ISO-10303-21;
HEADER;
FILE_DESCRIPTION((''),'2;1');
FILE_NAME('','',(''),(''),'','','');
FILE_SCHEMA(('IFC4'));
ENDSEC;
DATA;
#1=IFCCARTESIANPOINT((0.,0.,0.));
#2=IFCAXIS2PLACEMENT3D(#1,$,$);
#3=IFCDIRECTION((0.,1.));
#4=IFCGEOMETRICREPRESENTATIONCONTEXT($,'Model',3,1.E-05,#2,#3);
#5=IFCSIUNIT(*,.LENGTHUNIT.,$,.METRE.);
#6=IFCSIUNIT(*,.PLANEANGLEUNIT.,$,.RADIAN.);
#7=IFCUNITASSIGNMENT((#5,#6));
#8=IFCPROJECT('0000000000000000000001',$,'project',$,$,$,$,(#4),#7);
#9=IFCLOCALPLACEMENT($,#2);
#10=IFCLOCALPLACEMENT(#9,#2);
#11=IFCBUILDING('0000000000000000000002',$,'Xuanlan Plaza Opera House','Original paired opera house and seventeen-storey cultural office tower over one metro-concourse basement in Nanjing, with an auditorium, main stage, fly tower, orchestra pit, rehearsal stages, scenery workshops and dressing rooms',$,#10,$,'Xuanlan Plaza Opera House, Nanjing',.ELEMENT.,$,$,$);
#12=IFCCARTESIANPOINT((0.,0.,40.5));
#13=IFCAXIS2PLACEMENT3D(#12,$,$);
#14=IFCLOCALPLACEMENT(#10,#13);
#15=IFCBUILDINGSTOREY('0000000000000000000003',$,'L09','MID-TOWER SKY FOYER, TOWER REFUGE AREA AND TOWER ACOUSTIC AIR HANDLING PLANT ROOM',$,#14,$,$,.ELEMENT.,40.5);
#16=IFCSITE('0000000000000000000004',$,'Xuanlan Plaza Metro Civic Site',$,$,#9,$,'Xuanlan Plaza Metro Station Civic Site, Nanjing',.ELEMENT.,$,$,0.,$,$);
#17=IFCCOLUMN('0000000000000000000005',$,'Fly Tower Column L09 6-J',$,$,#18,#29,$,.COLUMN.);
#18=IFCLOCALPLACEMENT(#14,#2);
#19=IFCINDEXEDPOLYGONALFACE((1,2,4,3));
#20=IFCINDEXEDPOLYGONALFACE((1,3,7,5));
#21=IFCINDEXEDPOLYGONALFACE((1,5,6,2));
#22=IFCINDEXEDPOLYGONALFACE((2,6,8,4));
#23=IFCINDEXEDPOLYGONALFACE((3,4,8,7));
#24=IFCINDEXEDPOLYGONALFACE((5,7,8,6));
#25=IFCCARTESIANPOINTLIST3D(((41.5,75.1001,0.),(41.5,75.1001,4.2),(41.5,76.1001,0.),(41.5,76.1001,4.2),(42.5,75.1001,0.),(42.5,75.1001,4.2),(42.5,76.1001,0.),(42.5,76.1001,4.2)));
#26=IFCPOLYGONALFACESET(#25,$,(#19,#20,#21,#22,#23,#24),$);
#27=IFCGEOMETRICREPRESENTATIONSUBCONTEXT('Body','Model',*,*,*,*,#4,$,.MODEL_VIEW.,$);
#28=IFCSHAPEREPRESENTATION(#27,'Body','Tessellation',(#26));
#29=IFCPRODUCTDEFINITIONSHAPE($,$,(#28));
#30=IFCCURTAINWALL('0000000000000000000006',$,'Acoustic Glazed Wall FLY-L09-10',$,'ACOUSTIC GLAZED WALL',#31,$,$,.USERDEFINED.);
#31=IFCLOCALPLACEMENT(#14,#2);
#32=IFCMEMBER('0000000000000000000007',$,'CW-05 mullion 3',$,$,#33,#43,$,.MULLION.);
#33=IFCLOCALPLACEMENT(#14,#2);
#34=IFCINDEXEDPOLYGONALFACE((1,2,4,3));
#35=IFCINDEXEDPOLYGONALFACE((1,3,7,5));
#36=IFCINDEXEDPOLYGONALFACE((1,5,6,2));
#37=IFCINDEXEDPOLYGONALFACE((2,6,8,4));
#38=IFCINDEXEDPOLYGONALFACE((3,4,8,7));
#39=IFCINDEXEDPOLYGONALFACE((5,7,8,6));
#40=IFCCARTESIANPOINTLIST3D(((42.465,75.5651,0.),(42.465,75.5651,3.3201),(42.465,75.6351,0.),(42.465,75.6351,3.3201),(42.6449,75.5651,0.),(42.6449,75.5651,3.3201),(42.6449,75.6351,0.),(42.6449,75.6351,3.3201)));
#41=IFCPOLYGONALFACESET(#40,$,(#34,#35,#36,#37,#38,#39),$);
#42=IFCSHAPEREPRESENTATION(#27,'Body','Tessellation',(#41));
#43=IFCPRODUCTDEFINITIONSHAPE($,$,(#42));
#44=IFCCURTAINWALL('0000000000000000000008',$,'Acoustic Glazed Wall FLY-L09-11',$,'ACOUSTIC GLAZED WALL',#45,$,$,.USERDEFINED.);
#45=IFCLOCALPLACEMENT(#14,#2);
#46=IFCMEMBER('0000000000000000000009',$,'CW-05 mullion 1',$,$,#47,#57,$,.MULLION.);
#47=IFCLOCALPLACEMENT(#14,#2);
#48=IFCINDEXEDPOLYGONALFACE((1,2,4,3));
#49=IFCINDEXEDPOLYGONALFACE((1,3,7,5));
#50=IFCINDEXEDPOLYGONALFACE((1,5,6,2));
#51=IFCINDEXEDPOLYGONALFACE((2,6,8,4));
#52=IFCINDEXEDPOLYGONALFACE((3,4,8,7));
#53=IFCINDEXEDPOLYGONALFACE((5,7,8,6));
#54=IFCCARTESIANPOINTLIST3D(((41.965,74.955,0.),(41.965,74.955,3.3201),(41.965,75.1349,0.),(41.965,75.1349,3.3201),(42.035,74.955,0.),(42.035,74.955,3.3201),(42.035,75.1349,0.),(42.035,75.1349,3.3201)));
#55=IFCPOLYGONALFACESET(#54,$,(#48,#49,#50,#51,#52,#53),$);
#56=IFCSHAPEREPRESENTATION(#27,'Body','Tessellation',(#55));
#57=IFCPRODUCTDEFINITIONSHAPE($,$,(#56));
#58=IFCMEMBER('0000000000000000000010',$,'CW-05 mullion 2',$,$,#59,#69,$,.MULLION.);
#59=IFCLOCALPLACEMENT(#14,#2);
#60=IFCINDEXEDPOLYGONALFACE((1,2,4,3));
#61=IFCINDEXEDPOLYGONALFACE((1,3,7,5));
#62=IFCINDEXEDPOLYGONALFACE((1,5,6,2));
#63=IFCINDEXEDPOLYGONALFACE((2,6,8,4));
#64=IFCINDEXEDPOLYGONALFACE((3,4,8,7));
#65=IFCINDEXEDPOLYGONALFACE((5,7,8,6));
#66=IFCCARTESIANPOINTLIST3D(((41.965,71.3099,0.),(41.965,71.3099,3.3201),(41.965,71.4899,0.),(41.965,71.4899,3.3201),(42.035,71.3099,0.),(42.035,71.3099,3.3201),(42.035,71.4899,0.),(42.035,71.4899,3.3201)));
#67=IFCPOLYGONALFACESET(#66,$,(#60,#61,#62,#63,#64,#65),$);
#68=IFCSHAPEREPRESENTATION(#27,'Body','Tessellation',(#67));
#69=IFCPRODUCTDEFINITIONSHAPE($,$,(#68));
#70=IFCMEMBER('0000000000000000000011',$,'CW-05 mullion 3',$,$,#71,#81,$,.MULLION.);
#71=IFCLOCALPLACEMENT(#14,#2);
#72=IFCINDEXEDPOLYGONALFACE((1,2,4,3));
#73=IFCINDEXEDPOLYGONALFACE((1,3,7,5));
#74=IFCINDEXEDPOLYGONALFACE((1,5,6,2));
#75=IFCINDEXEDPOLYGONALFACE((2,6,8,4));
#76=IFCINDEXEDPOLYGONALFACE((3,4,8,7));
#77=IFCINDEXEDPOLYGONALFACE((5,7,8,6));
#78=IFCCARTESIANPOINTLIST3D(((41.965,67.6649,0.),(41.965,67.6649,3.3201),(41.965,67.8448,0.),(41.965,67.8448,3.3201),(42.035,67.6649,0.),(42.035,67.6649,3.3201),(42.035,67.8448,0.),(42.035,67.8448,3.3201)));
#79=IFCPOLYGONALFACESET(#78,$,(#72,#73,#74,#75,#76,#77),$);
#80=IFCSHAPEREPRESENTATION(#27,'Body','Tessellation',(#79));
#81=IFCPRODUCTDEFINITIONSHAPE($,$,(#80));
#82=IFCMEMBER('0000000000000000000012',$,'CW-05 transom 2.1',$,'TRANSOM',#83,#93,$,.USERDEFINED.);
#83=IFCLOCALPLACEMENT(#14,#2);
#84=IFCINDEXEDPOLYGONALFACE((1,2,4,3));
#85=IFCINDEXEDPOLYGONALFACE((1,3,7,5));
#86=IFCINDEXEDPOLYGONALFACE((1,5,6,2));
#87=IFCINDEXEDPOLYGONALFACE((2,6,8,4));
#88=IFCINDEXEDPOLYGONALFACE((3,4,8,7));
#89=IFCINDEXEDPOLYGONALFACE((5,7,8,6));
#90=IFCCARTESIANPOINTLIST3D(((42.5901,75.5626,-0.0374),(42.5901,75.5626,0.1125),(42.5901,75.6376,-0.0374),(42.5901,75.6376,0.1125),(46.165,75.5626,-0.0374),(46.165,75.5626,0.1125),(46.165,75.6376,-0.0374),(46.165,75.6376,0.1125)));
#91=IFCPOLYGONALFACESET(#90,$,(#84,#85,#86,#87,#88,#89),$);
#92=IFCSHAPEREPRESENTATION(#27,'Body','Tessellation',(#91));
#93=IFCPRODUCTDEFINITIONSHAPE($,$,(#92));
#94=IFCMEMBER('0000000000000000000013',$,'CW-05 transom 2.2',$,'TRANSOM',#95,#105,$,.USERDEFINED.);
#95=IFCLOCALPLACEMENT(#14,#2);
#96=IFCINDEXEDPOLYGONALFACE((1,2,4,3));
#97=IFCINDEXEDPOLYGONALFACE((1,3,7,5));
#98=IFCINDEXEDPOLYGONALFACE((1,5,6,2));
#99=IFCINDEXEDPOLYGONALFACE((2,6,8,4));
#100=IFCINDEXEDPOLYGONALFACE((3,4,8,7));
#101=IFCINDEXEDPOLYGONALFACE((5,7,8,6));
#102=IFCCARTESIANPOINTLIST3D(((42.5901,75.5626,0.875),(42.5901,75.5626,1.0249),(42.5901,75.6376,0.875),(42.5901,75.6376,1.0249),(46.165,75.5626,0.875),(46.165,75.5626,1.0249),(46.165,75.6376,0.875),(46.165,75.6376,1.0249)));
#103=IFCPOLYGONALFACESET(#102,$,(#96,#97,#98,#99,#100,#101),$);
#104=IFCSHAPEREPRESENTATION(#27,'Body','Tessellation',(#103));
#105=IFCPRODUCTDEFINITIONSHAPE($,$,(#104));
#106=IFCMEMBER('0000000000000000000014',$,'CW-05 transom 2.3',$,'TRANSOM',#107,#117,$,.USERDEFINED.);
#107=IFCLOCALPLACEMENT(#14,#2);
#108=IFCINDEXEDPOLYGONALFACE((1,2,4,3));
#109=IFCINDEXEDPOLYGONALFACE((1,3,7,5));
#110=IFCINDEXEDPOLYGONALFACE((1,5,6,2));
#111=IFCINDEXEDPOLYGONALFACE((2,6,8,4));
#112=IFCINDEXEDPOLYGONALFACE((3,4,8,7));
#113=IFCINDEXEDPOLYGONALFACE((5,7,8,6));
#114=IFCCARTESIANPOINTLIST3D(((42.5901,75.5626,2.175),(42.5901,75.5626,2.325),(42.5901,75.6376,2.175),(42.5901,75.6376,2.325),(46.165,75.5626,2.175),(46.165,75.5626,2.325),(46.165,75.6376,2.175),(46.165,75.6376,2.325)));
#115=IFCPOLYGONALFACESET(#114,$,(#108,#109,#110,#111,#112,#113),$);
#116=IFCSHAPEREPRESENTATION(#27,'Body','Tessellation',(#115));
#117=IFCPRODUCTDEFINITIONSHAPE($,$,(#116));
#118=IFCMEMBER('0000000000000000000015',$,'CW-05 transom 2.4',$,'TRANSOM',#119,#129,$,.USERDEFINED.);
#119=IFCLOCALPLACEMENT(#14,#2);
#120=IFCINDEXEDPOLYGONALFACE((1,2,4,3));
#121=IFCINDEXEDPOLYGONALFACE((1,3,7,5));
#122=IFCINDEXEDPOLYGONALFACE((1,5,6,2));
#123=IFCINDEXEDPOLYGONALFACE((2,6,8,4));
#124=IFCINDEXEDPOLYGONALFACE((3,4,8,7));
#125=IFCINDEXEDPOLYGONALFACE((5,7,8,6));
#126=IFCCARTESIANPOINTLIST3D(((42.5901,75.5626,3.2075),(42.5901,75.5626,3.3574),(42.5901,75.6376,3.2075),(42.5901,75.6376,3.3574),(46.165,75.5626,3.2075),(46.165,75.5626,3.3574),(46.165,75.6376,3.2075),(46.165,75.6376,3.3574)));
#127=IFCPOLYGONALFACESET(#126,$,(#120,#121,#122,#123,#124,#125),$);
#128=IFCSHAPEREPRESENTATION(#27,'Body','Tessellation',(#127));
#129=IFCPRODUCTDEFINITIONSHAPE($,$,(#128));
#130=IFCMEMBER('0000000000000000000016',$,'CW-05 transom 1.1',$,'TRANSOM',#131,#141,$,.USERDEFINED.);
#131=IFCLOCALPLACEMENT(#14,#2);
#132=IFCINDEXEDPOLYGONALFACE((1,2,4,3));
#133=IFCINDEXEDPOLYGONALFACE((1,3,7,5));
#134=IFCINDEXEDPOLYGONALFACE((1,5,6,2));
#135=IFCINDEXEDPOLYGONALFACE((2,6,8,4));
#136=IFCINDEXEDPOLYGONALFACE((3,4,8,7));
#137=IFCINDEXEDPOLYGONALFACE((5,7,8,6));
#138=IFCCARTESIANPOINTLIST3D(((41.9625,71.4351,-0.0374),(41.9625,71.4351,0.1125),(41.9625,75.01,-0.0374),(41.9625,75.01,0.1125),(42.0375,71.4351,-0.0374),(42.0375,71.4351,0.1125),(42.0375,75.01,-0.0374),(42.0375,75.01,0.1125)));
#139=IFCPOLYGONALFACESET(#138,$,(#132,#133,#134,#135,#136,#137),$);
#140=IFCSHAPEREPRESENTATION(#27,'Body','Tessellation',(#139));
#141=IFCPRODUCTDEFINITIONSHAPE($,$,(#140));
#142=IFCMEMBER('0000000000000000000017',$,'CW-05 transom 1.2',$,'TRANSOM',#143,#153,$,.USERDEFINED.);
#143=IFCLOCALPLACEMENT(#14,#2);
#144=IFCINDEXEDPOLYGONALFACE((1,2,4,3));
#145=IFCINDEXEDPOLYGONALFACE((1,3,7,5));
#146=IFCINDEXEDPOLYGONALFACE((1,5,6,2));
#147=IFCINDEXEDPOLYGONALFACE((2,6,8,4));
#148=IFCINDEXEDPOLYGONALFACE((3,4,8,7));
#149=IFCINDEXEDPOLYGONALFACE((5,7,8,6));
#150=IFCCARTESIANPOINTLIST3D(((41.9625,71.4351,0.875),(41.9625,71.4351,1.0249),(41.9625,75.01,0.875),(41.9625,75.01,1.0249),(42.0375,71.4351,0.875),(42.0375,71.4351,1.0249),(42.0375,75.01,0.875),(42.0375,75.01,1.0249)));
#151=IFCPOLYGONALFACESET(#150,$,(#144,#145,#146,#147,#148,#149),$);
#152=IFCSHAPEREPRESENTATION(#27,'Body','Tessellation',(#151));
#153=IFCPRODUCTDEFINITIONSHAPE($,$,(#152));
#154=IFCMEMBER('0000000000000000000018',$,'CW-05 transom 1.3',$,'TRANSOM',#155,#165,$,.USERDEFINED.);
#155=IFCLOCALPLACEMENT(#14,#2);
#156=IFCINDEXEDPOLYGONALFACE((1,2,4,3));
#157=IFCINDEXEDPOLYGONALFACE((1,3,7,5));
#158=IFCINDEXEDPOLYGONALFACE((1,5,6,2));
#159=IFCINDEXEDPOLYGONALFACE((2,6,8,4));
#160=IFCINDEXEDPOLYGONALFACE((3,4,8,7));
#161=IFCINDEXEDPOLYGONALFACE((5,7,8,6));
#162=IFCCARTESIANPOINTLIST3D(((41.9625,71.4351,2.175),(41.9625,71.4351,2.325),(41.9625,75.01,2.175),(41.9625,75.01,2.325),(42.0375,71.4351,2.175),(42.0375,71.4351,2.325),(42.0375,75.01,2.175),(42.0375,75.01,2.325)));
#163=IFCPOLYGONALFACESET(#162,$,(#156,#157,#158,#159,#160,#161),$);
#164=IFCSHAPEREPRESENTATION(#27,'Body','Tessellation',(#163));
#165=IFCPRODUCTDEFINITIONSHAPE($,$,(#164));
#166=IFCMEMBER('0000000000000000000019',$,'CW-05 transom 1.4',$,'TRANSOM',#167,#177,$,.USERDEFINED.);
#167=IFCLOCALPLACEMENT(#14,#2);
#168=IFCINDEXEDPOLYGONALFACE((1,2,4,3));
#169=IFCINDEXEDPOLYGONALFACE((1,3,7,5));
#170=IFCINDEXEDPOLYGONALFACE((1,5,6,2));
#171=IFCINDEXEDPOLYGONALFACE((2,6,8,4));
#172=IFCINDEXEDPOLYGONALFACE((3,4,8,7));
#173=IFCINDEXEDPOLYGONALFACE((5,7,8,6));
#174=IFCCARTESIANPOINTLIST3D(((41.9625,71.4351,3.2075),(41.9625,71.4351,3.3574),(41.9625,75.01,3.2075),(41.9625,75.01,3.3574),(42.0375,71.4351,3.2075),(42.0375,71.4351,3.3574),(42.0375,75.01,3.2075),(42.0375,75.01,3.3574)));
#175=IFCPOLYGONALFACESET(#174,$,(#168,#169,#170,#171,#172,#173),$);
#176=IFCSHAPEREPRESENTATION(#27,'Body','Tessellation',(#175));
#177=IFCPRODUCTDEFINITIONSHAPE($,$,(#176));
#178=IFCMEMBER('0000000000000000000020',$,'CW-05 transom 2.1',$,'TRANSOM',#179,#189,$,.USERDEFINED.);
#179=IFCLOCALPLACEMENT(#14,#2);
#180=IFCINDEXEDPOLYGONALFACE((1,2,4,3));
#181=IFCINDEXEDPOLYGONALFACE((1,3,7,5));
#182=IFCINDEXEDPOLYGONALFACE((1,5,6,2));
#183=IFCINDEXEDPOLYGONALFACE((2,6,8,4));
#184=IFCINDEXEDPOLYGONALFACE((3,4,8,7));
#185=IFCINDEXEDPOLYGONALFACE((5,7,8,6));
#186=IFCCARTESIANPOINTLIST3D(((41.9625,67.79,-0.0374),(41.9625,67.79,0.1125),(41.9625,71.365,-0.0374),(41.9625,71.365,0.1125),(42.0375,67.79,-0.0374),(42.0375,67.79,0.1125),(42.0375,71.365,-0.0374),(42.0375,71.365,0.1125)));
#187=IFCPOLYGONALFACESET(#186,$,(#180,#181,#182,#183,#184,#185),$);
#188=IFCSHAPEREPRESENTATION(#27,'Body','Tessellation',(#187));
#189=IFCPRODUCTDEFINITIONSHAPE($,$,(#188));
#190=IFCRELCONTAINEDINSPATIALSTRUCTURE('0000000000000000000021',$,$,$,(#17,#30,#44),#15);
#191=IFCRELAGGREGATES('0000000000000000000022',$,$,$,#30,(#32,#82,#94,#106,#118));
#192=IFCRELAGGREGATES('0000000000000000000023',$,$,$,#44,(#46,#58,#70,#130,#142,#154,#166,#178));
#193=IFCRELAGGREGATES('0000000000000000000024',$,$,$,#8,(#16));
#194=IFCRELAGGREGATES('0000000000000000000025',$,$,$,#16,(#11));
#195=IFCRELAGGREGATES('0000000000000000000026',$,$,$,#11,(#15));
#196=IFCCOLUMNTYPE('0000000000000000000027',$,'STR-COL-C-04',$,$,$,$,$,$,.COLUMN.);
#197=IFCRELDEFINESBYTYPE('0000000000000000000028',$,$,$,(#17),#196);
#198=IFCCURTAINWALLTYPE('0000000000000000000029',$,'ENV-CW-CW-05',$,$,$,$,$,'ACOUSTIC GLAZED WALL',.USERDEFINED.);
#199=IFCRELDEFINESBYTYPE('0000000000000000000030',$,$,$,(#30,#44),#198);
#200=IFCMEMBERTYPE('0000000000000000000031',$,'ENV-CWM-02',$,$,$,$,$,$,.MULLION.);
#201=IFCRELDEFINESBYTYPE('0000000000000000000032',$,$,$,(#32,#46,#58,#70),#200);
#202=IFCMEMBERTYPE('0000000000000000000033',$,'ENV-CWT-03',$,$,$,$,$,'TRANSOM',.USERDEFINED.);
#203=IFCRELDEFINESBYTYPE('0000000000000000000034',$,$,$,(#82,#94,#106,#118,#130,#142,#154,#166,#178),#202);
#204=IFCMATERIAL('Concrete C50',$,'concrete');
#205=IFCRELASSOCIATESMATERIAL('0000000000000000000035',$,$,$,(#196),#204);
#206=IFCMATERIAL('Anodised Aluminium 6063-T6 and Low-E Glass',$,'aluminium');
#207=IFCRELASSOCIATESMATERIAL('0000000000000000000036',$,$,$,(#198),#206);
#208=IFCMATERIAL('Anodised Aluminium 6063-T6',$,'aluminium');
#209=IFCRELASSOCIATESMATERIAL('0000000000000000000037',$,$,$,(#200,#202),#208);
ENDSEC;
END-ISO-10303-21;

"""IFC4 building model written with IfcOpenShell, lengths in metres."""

from ifc_helpers import new_model, si_unit, direction, frame, origin, origin_2d, place, context, subcontext, project, spatial, rectangle, extrude, material, material_profile, profile_set, type_object, element, aggregate, save


model = new_model("IFC4")

# Units and contexts
model_context = context("Model", 3, precision=1e-05, world=origin(), true_north=direction((0.0, 1.0)))
body_context = subcontext(model_context, "Body", "Model", "MODEL_VIEW")
ifc_project = project(units=[si_unit("LENGTHUNIT", "METRE"), si_unit("PLANEANGLEUNIT", "RADIAN")], contexts=[model_context])

# Site, building, storey
site_placement = place(None, origin())
site = spatial("IfcSite", under=ifc_project, at=site_placement, Name="Xuanlan Plaza Metro Civic Site", LongName="Xuanlan Plaza Metro Station Civic Site, Nanjing", CompositionType="ELEMENT", RefElevation=0.0)
building_placement = place(site_placement, origin())
building = spatial("IfcBuilding", under=site, at=building_placement, Name="Xuanlan Plaza Opera House", Description="Original paired opera house and seventeen-storey cultural office tower over one metro-concourse basement in Nanjing, with an auditorium, main stage, fly tower, orchestra pit, rehearsal stages, scenery workshops and dressing rooms", LongName="Xuanlan Plaza Opera House, Nanjing", CompositionType="ELEMENT")
storey_placement = place(building_placement, frame((0.0, 0.0, 40.5)))
storey = spatial("IfcBuildingStorey", under=building, at=storey_placement, Name="L09", Description="MID-TOWER SKY FOYER, TOWER REFUGE AREA AND TOWER ACOUSTIC AIR HANDLING PLANT ROOM", CompositionType="ELEMENT", Elevation=40.5)

# Column
ifc_material_1 = material(Name="Concrete C50", Category="concrete")
ifc_material_profile_1 = material_profile(ifc_material_1, rectangle(XDim=1.0, YDim=1.0, at=origin_2d()), Name="RC-COL 1000x1000")
ifc_profile_set_1 = profile_set([ifc_material_profile_1], Name="Concrete C50")
column_type = type_object("IfcColumnType", Name="STR-COL-C-04", PredefinedType="COLUMN", material=ifc_profile_set_1)
column_placement = place(storey_placement, frame((42.0, 75.6001, 0.0), z_axis=(0.0, 0.0, 1.0), x_axis=(1.0, 0.0, 0.0)))
element("IfcColumn", 1, at=column_placement, inside=storey, type_object=column_type, Name="Fly Tower Column L09 6-J", PredefinedType="COLUMN", context=body_context, shape_type="SweptSolid", body=[
    extrude(rectangle(XDim=1.0, YDim=1.0, at=origin_2d()), origin(), (0.0, 0.0, 1.0), 4.2),
])

# Curtain wall, member
ifc_material_2 = material(Name="Anodised Aluminium 6063-T6 and Low-E Glass", Category="aluminium")
curtain_wall_type = type_object("IfcCurtainWallType", Name="ENV-CW-CW-05", ElementType="ACOUSTIC GLAZED WALL", PredefinedType="USERDEFINED", material=ifc_material_2)
curtain_wall_1_placement = place(storey_placement, origin())
curtain_wall_1 = element("IfcCurtainWall", 2, at=curtain_wall_1_placement, inside=storey, type_object=curtain_wall_type, Name="Acoustic Glazed Wall FLY-L09-10", ObjectType="ACOUSTIC GLAZED WALL", PredefinedType="USERDEFINED")
ifc_material_3 = material(Name="Anodised Aluminium 6063-T6", Category="aluminium")
ifc_material_profile_2 = material_profile(ifc_material_3, rectangle(XDim=0.0701, YDim=0.1799, at=origin_2d()), Name="ALU-M 70x180")
ifc_profile_set_2 = profile_set([ifc_material_profile_2], Name="Anodised Aluminium 6063-T6")
member_type_1 = type_object("IfcMemberType", Name="ENV-CWM-02", PredefinedType="MULLION", material=ifc_profile_set_2)
member_1_placement = place(storey_placement, frame((42.5549, 75.6001, 0.0), z_axis=(0.0, 0.0, 1.0), x_axis=(0.0, -1.0, 0.0)))
member_1 = element("IfcMember", 3, at=member_1_placement, type_object=member_type_1, Name="CW-05 mullion 3", PredefinedType="MULLION", context=body_context, shape_type="SweptSolid", body=[
    extrude(rectangle(XDim=0.0701, YDim=0.1799, at=origin_2d()), origin(), (0.0, 0.0, 1.0), 3.3201),
])

# Curtain wall, members
curtain_wall_2_placement = place(storey_placement, origin())
curtain_wall_2 = element("IfcCurtainWall", 4, at=curtain_wall_2_placement, inside=storey, type_object=curtain_wall_type, Name="Acoustic Glazed Wall FLY-L09-11", ObjectType="ACOUSTIC GLAZED WALL", PredefinedType="USERDEFINED")
member_2_placement = place(storey_placement, frame((42.0, 75.0449, 0.0), z_axis=(0.0, 0.0, 1.0), x_axis=(1.0, 0.0, 0.0)))
member_2 = element("IfcMember", 5, at=member_2_placement, type_object=member_type_1, Name="CW-05 mullion 1", PredefinedType="MULLION", context=body_context, shape_type="SweptSolid", body=[
    extrude(rectangle(XDim=0.0701, YDim=0.1799, at=origin_2d()), origin(), (0.0, 0.0, 1.0), 3.3201),
])
member_3_placement = place(storey_placement, frame((42.0, 71.3999, 0.0), z_axis=(0.0, 0.0, 1.0), x_axis=(1.0, 0.0, 0.0)))
member_3 = element("IfcMember", 6, at=member_3_placement, type_object=member_type_1, Name="CW-05 mullion 2", PredefinedType="MULLION", context=body_context, shape_type="SweptSolid", body=[
    extrude(rectangle(XDim=0.0701, YDim=0.1799, at=origin_2d()), origin(), (0.0, 0.0, 1.0), 3.3201),
])
member_4_placement = place(storey_placement, frame((42.0, 67.7549, 0.0), z_axis=(0.0, 0.0, 1.0), x_axis=(1.0, 0.0, 0.0)))
member_4 = element("IfcMember", 7, at=member_4_placement, type_object=member_type_1, Name="CW-05 mullion 3", PredefinedType="MULLION", context=body_context, shape_type="SweptSolid", body=[
    extrude(rectangle(XDim=0.0701, YDim=0.1799, at=origin_2d()), origin(), (0.0, 0.0, 1.0), 3.3201),
])

# Members
ifc_material_profile_3 = material_profile(ifc_material_3, rectangle(XDim=0.075, YDim=0.1499, at=origin_2d()), Name="ALU-T 75x150")
ifc_profile_set_3 = profile_set([ifc_material_profile_3], Name="Anodised Aluminium 6063-T6")
member_type_2 = type_object("IfcMemberType", Name="ENV-CWT-03", ElementType="TRANSOM", PredefinedType="USERDEFINED", material=ifc_profile_set_3)
member_5_placement = place(storey_placement, frame((46.165, 75.6001, 0.0376), z_axis=(-1.0, 0.0, 0.0), x_axis=(0.0, -1.0, 0.0)))
member_5 = element("IfcMember", 8, at=member_5_placement, type_object=member_type_2, Name="CW-05 transom 2.1", ObjectType="TRANSOM", PredefinedType="USERDEFINED", context=body_context, shape_type="SweptSolid", body=[
    extrude(rectangle(XDim=0.075, YDim=0.1499, at=origin_2d()), origin(), (0.0, 0.0, 1.0), 3.575),
])
member_6_placement = place(storey_placement, frame((46.165, 75.6001, 0.95), z_axis=(-1.0, 0.0, 0.0), x_axis=(0.0, -1.0, 0.0)))
member_6 = element("IfcMember", 9, at=member_6_placement, type_object=member_type_2, Name="CW-05 transom 2.2", ObjectType="TRANSOM", PredefinedType="USERDEFINED", context=body_context, shape_type="SweptSolid", body=[
    extrude(rectangle(XDim=0.075, YDim=0.1499, at=origin_2d()), origin(), (0.0, 0.0, 1.0), 3.575),
])
member_7_placement = place(storey_placement, frame((46.165, 75.6001, 2.25), z_axis=(-1.0, 0.0, 0.0), x_axis=(0.0, -1.0, 0.0)))
member_7 = element("IfcMember", 10, at=member_7_placement, type_object=member_type_2, Name="CW-05 transom 2.3", ObjectType="TRANSOM", PredefinedType="USERDEFINED", context=body_context, shape_type="SweptSolid", body=[
    extrude(rectangle(XDim=0.075, YDim=0.1499, at=origin_2d()), origin(), (0.0, 0.0, 1.0), 3.575),
])
member_8_placement = place(storey_placement, frame((46.165, 75.6001, 3.2825), z_axis=(-1.0, 0.0, 0.0), x_axis=(0.0, -1.0, 0.0)))
member_8 = element("IfcMember", 11, at=member_8_placement, type_object=member_type_2, Name="CW-05 transom 2.4", ObjectType="TRANSOM", PredefinedType="USERDEFINED", context=body_context, shape_type="SweptSolid", body=[
    extrude(rectangle(XDim=0.075, YDim=0.1499, at=origin_2d()), origin(), (0.0, 0.0, 1.0), 3.575),
])
member_9_placement = place(storey_placement, frame((42.0, 75.01, 0.0376), z_axis=(0.0, -1.0, 0.0), x_axis=(1.0, 0.0, 0.0)))
member_9 = element("IfcMember", 12, at=member_9_placement, type_object=member_type_2, Name="CW-05 transom 1.1", ObjectType="TRANSOM", PredefinedType="USERDEFINED", context=body_context, shape_type="SweptSolid", body=[
    extrude(rectangle(XDim=0.075, YDim=0.1499, at=origin_2d()), origin(), (0.0, 0.0, 1.0), 3.575),
])
member_10_placement = place(storey_placement, frame((42.0, 75.01, 0.95), z_axis=(0.0, -1.0, 0.0), x_axis=(1.0, 0.0, 0.0)))
member_10 = element("IfcMember", 13, at=member_10_placement, type_object=member_type_2, Name="CW-05 transom 1.2", ObjectType="TRANSOM", PredefinedType="USERDEFINED", context=body_context, shape_type="SweptSolid", body=[
    extrude(rectangle(XDim=0.075, YDim=0.1499, at=origin_2d()), origin(), (0.0, 0.0, 1.0), 3.575),
])
member_11_placement = place(storey_placement, frame((42.0, 75.01, 2.25), z_axis=(0.0, -1.0, 0.0), x_axis=(1.0, 0.0, 0.0)))
member_11 = element("IfcMember", 14, at=member_11_placement, type_object=member_type_2, Name="CW-05 transom 1.3", ObjectType="TRANSOM", PredefinedType="USERDEFINED", context=body_context, shape_type="SweptSolid", body=[
    extrude(rectangle(XDim=0.075, YDim=0.1499, at=origin_2d()), origin(), (0.0, 0.0, 1.0), 3.575),
])
member_12_placement = place(storey_placement, frame((42.0, 75.01, 3.2825), z_axis=(0.0, -1.0, 0.0), x_axis=(1.0, 0.0, 0.0)))
member_12 = element("IfcMember", 15, at=member_12_placement, type_object=member_type_2, Name="CW-05 transom 1.4", ObjectType="TRANSOM", PredefinedType="USERDEFINED", context=body_context, shape_type="SweptSolid", body=[
    extrude(rectangle(XDim=0.075, YDim=0.1499, at=origin_2d()), origin(), (0.0, 0.0, 1.0), 3.575),
])
member_13_placement = place(storey_placement, frame((42.0, 71.365, 0.0376), z_axis=(0.0, -1.0, 0.0), x_axis=(1.0, 0.0, 0.0)))
member_13 = element("IfcMember", 16, at=member_13_placement, type_object=member_type_2, Name="CW-05 transom 2.1", ObjectType="TRANSOM", PredefinedType="USERDEFINED", context=body_context, shape_type="SweptSolid", body=[
    extrude(rectangle(XDim=0.075, YDim=0.1499, at=origin_2d()), origin(), (0.0, 0.0, 1.0), 3.575),
])

aggregate(curtain_wall_1, [member_1, member_5, member_6, member_7, member_8])
aggregate(curtain_wall_2, [member_2, member_3, member_4, member_9, member_10, member_11, member_12, member_13])

save(model, "model.ifc")
